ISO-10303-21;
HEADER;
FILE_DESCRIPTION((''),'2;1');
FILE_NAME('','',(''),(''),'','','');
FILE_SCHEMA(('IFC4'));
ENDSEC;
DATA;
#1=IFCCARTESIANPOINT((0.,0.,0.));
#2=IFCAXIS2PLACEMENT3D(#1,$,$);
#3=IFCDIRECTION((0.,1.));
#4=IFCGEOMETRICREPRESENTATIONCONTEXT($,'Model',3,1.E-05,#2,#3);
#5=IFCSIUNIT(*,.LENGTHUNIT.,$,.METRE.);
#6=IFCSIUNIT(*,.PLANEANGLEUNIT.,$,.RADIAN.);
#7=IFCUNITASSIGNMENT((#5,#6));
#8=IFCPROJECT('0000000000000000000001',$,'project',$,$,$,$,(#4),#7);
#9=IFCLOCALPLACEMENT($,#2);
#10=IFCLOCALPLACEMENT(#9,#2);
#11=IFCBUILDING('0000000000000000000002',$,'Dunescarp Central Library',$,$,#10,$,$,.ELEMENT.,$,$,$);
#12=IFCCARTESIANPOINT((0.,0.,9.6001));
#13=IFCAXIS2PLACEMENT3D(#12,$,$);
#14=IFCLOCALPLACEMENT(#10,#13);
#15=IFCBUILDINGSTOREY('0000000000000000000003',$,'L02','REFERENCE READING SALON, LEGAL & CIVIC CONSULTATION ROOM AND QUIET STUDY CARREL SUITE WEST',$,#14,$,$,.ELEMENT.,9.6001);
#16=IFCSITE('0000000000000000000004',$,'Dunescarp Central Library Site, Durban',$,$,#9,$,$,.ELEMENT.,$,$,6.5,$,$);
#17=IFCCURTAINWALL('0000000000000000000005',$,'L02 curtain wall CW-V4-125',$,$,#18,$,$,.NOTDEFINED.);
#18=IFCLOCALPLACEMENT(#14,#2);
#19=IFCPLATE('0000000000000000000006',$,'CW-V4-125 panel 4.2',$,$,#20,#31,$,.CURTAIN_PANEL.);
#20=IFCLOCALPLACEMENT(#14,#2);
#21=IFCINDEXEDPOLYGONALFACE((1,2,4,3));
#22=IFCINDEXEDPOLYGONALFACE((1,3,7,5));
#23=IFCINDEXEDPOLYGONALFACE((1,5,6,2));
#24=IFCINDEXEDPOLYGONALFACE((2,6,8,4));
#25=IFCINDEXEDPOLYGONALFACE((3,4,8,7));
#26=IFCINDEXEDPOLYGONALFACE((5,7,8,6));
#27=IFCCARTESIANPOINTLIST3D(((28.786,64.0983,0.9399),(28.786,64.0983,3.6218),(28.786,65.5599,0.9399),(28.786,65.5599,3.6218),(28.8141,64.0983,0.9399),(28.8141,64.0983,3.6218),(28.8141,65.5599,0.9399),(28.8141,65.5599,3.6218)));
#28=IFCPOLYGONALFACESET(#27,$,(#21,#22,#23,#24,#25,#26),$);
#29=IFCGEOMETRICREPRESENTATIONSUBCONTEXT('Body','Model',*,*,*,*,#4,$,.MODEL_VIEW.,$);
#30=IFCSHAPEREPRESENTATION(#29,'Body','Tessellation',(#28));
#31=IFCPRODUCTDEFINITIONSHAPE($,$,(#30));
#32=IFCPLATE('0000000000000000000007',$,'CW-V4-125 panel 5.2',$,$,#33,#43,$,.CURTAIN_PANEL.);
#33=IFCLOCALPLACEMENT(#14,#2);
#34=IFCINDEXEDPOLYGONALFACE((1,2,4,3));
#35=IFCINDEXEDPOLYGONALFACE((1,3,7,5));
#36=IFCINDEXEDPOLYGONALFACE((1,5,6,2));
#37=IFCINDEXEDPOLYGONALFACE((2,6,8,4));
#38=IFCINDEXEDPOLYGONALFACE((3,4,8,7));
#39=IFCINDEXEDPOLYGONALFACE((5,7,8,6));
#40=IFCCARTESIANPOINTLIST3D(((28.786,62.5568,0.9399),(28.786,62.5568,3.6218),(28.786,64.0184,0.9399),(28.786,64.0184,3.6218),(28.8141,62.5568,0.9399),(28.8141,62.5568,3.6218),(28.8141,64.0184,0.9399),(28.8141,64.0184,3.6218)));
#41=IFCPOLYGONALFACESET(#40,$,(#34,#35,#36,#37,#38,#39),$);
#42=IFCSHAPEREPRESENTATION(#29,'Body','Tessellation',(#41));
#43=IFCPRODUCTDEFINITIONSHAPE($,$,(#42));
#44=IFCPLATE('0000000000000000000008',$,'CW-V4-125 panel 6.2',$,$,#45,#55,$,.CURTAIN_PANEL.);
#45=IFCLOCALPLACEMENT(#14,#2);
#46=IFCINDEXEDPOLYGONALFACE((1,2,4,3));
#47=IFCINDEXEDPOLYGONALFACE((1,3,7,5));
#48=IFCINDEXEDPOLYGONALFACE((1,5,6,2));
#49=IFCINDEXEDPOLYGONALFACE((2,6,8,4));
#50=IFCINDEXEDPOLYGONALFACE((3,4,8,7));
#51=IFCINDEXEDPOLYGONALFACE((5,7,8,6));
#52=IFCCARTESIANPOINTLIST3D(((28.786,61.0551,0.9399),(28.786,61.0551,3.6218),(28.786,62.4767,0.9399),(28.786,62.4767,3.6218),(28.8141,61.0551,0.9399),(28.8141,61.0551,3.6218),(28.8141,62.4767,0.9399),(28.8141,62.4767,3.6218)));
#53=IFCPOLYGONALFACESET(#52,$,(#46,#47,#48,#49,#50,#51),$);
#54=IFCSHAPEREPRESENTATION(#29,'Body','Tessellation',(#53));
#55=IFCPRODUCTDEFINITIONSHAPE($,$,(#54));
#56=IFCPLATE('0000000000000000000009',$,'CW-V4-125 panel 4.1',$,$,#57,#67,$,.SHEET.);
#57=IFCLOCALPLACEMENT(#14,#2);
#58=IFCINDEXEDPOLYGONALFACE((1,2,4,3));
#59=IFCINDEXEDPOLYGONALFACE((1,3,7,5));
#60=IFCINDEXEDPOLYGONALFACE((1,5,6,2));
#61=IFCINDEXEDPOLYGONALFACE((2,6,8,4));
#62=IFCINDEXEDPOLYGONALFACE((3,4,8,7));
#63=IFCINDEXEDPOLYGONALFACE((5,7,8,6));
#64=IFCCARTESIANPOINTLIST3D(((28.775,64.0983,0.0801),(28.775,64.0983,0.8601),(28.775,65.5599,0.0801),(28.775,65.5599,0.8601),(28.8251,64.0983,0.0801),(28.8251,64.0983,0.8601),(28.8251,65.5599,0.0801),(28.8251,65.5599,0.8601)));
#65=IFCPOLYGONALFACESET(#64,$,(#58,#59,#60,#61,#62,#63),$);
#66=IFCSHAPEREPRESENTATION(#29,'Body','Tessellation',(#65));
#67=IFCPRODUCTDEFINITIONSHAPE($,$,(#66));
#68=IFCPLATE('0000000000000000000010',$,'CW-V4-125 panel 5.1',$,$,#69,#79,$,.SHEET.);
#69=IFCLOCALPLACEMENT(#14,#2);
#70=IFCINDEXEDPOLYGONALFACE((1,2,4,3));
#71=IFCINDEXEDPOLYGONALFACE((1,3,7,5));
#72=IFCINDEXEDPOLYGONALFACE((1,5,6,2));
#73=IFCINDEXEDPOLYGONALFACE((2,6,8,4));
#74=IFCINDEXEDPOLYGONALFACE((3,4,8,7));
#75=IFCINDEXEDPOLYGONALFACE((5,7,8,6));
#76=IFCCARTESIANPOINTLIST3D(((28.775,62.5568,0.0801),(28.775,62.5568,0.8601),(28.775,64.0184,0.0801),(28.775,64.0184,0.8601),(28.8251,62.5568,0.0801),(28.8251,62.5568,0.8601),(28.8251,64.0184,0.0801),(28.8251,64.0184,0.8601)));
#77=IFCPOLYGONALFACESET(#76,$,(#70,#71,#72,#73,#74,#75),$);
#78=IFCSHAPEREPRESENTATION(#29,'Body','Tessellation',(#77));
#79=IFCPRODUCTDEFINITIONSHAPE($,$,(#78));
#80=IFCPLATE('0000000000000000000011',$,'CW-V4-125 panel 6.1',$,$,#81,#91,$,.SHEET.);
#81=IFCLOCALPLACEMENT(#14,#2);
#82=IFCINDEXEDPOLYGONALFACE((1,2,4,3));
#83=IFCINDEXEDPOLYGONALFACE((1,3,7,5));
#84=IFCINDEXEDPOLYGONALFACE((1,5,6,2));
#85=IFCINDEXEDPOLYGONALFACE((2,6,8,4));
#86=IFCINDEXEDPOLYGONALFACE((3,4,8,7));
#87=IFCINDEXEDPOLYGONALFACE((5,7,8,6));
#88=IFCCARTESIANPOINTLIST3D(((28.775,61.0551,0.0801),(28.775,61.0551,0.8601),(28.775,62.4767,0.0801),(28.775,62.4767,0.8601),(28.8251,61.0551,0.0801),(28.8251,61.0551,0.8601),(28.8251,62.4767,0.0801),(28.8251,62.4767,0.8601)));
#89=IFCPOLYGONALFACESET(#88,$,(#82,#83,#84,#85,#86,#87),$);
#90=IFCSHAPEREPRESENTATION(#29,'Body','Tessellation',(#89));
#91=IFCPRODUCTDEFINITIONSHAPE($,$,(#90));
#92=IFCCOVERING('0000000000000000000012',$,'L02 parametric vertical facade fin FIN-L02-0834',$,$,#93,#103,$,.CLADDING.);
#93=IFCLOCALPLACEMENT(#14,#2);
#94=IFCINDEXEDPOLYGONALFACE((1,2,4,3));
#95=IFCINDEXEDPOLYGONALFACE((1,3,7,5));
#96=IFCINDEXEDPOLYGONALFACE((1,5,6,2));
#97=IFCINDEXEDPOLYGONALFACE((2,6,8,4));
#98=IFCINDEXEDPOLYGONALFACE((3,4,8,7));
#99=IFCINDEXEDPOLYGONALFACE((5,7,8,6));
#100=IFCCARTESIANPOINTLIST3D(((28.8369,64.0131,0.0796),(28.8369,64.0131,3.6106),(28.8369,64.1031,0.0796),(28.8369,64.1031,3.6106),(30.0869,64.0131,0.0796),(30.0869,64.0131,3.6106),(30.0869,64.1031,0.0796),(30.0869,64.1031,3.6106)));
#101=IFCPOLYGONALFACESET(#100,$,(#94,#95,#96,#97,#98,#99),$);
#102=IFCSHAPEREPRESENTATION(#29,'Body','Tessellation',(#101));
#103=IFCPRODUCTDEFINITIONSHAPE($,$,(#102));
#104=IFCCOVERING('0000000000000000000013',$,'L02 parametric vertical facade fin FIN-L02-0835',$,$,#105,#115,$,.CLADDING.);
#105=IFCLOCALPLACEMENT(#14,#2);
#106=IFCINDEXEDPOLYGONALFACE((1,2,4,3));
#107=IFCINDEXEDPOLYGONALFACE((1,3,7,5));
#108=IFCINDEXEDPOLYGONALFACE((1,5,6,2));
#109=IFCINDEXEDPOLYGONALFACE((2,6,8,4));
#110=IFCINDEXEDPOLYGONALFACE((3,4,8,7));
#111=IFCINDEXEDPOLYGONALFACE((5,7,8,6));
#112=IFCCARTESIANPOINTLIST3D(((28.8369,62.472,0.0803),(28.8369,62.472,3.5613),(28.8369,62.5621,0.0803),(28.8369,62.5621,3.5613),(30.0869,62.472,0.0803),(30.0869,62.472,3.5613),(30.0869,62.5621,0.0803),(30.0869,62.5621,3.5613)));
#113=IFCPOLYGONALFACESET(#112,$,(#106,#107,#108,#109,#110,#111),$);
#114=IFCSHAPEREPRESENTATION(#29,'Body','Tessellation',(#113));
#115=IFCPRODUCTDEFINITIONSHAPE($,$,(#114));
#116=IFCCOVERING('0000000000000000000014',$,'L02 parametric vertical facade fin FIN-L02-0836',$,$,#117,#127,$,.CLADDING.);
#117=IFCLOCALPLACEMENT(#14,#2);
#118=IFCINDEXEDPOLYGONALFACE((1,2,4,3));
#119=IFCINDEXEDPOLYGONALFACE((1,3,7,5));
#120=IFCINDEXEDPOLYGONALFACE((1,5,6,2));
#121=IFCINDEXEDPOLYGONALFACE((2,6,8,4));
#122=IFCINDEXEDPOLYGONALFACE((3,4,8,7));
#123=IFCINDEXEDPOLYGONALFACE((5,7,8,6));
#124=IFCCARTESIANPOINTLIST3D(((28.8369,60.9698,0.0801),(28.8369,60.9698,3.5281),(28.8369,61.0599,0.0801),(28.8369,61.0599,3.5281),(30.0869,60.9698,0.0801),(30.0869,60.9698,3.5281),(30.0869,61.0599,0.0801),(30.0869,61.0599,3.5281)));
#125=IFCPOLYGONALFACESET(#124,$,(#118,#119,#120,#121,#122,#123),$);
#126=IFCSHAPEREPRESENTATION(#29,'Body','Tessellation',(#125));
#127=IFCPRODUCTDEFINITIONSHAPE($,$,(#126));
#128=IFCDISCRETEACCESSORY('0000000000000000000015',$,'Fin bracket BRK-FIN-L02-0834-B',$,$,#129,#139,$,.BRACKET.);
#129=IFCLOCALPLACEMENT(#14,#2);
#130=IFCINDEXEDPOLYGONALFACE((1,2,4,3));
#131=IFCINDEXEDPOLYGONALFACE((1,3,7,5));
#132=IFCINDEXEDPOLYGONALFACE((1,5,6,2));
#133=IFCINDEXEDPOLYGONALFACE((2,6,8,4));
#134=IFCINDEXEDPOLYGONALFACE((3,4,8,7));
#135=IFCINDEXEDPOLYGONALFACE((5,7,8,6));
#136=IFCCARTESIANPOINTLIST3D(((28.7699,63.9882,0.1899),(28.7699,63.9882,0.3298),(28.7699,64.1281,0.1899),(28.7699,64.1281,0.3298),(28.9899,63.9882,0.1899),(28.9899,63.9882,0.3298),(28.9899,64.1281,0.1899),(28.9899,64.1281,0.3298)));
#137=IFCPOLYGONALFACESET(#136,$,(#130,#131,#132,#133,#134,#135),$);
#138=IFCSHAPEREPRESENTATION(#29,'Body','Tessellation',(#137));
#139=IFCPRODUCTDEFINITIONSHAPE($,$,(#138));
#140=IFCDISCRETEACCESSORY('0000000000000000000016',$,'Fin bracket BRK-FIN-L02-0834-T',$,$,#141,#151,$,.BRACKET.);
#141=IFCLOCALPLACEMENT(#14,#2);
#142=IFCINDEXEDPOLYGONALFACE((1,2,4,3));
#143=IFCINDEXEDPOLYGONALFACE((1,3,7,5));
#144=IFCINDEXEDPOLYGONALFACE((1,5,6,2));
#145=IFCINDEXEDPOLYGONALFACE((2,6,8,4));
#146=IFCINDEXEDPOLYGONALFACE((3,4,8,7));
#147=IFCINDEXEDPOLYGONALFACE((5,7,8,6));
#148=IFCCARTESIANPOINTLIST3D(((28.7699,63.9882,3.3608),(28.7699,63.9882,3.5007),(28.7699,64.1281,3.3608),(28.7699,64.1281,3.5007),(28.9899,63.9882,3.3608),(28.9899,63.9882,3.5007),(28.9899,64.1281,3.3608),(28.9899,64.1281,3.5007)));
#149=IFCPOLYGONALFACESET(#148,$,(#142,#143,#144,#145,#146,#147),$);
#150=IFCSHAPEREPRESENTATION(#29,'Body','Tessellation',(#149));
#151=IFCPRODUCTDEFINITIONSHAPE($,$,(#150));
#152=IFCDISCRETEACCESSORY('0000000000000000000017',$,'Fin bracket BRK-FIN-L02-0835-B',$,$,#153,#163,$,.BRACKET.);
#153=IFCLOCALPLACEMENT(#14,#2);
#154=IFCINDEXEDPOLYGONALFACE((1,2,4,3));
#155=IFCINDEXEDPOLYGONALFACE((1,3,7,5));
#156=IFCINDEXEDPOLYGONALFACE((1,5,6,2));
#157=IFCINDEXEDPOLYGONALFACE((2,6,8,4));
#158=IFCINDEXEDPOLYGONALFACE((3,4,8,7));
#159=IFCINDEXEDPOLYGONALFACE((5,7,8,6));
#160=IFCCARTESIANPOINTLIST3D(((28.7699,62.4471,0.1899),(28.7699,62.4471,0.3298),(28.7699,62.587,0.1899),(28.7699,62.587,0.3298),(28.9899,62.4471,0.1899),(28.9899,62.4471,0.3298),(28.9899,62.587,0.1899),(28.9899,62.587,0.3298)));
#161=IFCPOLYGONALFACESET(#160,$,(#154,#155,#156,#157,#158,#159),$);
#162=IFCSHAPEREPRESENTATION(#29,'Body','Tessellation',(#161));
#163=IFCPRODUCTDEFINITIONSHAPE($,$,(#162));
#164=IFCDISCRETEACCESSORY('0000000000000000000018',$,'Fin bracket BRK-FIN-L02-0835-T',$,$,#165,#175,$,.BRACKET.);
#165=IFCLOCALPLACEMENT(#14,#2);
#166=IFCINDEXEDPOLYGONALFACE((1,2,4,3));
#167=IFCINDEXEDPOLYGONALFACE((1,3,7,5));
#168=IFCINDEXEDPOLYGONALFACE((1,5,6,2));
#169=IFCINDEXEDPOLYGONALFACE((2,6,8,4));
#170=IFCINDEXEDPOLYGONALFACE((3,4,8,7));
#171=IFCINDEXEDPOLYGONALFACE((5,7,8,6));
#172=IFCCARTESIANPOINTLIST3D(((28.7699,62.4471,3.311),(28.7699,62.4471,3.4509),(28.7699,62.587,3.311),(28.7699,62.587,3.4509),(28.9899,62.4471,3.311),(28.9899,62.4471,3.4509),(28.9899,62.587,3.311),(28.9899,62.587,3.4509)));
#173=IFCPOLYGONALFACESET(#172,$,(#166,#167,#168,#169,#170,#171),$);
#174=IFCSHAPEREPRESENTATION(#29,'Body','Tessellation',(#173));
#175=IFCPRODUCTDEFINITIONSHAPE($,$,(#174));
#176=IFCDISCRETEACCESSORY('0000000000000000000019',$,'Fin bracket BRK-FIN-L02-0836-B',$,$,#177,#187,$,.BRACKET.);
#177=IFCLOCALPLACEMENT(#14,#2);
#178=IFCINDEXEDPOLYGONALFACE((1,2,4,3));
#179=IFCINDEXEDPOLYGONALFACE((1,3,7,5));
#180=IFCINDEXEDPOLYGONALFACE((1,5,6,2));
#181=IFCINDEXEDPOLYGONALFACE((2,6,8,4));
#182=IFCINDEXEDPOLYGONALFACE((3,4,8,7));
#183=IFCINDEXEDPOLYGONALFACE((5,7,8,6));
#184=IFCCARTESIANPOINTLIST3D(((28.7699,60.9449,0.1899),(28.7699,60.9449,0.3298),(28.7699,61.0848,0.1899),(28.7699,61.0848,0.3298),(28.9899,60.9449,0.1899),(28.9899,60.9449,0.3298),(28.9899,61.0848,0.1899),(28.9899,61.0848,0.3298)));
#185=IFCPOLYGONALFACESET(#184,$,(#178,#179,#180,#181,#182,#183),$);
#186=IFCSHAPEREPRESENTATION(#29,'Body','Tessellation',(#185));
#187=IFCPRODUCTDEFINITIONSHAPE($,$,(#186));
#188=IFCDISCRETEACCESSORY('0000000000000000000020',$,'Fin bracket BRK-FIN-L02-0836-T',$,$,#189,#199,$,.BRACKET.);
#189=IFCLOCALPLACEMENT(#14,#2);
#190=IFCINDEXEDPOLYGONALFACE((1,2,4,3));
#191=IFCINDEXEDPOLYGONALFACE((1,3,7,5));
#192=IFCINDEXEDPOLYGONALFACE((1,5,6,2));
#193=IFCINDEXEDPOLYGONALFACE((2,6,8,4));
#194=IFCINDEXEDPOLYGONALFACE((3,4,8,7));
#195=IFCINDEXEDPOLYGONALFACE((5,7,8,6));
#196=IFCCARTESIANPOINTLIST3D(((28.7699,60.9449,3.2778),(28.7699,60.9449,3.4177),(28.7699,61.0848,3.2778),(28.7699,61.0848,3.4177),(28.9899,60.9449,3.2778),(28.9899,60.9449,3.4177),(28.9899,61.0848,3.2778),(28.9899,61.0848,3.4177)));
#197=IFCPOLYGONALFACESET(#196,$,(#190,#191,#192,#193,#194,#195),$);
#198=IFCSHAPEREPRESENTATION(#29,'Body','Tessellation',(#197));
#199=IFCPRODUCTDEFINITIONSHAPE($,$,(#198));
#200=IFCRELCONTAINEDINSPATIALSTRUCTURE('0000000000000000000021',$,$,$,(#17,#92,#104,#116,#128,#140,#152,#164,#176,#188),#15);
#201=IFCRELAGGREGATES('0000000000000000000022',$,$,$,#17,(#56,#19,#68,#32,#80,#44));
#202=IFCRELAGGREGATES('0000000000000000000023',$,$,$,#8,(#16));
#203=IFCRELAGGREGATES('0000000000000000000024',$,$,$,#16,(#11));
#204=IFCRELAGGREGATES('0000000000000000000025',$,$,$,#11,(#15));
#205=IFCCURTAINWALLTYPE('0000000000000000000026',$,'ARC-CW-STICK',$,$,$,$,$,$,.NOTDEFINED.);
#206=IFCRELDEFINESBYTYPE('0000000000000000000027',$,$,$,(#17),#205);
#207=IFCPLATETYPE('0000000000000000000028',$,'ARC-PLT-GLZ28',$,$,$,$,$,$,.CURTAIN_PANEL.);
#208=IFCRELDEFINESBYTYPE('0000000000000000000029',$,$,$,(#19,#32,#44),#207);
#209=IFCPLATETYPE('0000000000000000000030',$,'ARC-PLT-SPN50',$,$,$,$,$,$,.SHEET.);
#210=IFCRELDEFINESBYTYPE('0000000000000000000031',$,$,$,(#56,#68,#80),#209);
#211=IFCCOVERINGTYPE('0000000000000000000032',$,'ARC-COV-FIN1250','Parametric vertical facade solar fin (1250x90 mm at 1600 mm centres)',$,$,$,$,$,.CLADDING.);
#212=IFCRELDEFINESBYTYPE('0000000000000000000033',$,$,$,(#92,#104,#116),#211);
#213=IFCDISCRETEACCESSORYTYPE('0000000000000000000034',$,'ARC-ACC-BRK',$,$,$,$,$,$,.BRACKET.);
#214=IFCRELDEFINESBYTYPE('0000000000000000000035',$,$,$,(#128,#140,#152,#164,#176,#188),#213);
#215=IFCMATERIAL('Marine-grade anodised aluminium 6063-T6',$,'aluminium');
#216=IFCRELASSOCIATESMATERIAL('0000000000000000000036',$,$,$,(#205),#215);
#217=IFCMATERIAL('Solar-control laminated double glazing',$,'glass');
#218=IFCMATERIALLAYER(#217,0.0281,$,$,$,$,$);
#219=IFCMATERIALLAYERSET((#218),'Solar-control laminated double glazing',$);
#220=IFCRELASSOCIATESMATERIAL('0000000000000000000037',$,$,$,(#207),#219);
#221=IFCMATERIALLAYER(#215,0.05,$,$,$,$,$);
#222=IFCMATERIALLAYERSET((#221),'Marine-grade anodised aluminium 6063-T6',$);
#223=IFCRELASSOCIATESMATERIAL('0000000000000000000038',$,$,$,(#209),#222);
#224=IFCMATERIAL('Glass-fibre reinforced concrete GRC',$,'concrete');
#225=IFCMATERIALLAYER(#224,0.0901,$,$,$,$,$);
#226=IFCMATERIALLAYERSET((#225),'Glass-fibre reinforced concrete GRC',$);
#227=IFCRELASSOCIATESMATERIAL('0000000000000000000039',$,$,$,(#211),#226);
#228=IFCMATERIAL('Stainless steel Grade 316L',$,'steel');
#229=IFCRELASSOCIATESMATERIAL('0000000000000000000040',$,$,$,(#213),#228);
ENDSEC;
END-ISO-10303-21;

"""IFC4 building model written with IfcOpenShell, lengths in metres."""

from ifc_helpers import new_model, si_unit, direction, frame, origin, origin_2d, place, context, subcontext, project, spatial, rectangle, extrude, material, layer, layer_set, type_object, element, aggregate, save


model = new_model("IFC4")

# Units and contexts
model_context = context("Model", 3, precision=1e-05, world=origin(), true_north=direction((0.0, 1.0)))
body_context = subcontext(model_context, "Body", "Model", "MODEL_VIEW")
ifc_project = project(units=[si_unit("LENGTHUNIT", "METRE"), si_unit("PLANEANGLEUNIT", "RADIAN")], contexts=[model_context])

# Site, building, storey
site_placement = place(None, origin())
site = spatial("IfcSite", under=ifc_project, at=site_placement, Name="Dunescarp Central Library Site, Durban", CompositionType="ELEMENT", RefElevation=6.5)
building_placement = place(site_placement, origin())
building = spatial("IfcBuilding", under=site, at=building_placement, Name="Dunescarp Central Library", CompositionType="ELEMENT")
storey_placement = place(building_placement, frame((0.0, 0.0, 9.6001)))
storey = spatial("IfcBuildingStorey", under=building, at=storey_placement, Name="L02", Description="REFERENCE READING SALON, LEGAL & CIVIC CONSULTATION ROOM AND QUIET STUDY CARREL SUITE WEST", CompositionType="ELEMENT", Elevation=9.6001)

# Curtain wall
ifc_material_1 = material(Name="Marine-grade anodised aluminium 6063-T6", Category="aluminium")
curtain_wall_type = type_object("IfcCurtainWallType", Name="ARC-CW-STICK", PredefinedType="NOTDEFINED", material=ifc_material_1)
curtain_wall_placement = place(storey_placement, origin())
curtain_wall = element("IfcCurtainWall", 1, at=curtain_wall_placement, inside=storey, type_object=curtain_wall_type, Name="L02 curtain wall CW-V4-125", PredefinedType="NOTDEFINED")

# Plates
ifc_material_2 = material(Name="Solar-control laminated double glazing", Category="glass")
ifc_layer_1 = layer(ifc_material_2, 0.0281)
ifc_layer_set_1 = layer_set([ifc_layer_1], Name="Solar-control laminated double glazing")
plate_type_1 = type_object("IfcPlateType", Name="ARC-PLT-GLZ28", PredefinedType="CURTAIN_PANEL", material=ifc_layer_set_1)
plate_1_placement = place(storey_placement, frame((28.8, 64.8291, 0.9399), z_axis=(0.0, 0.0, 1.0), x_axis=(0.0, -1.0, 0.0)))
plate_1 = element("IfcPlate", 2, at=plate_1_placement, type_object=plate_type_1, Name="CW-V4-125 panel 4.2", PredefinedType="CURTAIN_PANEL", context=body_context, shape_type="SweptSolid", body=[
    extrude(rectangle(XDim=1.4617, YDim=0.0281, at=origin_2d()), origin(), (0.0, 0.0, 1.0), 2.6819),
])
plate_2_placement = place(storey_placement, frame((28.8, 63.2876, 0.9399), z_axis=(0.0, 0.0, 1.0), x_axis=(0.0, -1.0, 0.0)))
plate_2 = element("IfcPlate", 3, at=plate_2_placement, type_object=plate_type_1, Name="CW-V4-125 panel 5.2", PredefinedType="CURTAIN_PANEL", context=body_context, shape_type="SweptSolid", body=[
    extrude(rectangle(XDim=1.4617, YDim=0.0281, at=origin_2d()), origin(), (0.0, 0.0, 1.0), 2.6819),
])
plate_3_placement = place(storey_placement, frame((28.8, 61.7659, 0.9399), z_axis=(0.0, 0.0, 1.0), x_axis=(0.0, -1.0, 0.0)))
plate_3 = element("IfcPlate", 4, at=plate_3_placement, type_object=plate_type_1, Name="CW-V4-125 panel 6.2", PredefinedType="CURTAIN_PANEL", context=body_context, shape_type="SweptSolid", body=[
    extrude(rectangle(XDim=1.4216, YDim=0.0281, at=origin_2d()), origin(), (0.0, 0.0, 1.0), 2.6819),
])
ifc_layer_2 = layer(ifc_material_1, 0.05)
ifc_layer_set_2 = layer_set([ifc_layer_2], Name="Marine-grade anodised aluminium 6063-T6")
plate_type_2 = type_object("IfcPlateType", Name="ARC-PLT-SPN50", PredefinedType="SHEET", material=ifc_layer_set_2)
plate_4_placement = place(storey_placement, frame((28.8, 64.8291, 0.0801), z_axis=(0.0, 0.0, 1.0), x_axis=(0.0, -1.0, 0.0)))
plate_4 = element("IfcPlate", 5, at=plate_4_placement, type_object=plate_type_2, Name="CW-V4-125 panel 4.1", PredefinedType="SHEET", context=body_context, shape_type="SweptSolid", body=[
    extrude(rectangle(XDim=1.4617, YDim=0.05, at=origin_2d()), origin(), (0.0, 0.0, 1.0), 0.78),
])
plate_5_placement = place(storey_placement, frame((28.8, 63.2876, 0.0801), z_axis=(0.0, 0.0, 1.0), x_axis=(0.0, -1.0, 0.0)))
plate_5 = element("IfcPlate", 6, at=plate_5_placement, type_object=plate_type_2, Name="CW-V4-125 panel 5.1", PredefinedType="SHEET", context=body_context, shape_type="SweptSolid", body=[
    extrude(rectangle(XDim=1.4617, YDim=0.05, at=origin_2d()), origin(), (0.0, 0.0, 1.0), 0.78),
])
plate_6_placement = place(storey_placement, frame((28.8, 61.7659, 0.0801), z_axis=(0.0, 0.0, 1.0), x_axis=(0.0, -1.0, 0.0)))
plate_6 = element("IfcPlate", 7, at=plate_6_placement, type_object=plate_type_2, Name="CW-V4-125 panel 6.1", PredefinedType="SHEET", context=body_context, shape_type="SweptSolid", body=[
    extrude(rectangle(XDim=1.4216, YDim=0.05, at=origin_2d()), origin(), (0.0, 0.0, 1.0), 0.78),
])
aggregate(curtain_wall, [plate_4, plate_1, plate_5, plate_2, plate_6, plate_3])

# Coverings
ifc_material_3 = material(Name="Glass-fibre reinforced concrete GRC", Category="concrete")
ifc_layer_3 = layer(ifc_material_3, 0.0901)
ifc_layer_set_3 = layer_set([ifc_layer_3], Name="Glass-fibre reinforced concrete GRC")
covering_type = type_object("IfcCoveringType", Name="ARC-COV-FIN1250", Description="Parametric vertical facade solar fin (1250x90 mm at 1600 mm centres)", PredefinedType="CLADDING", material=ifc_layer_set_3)
covering_1_placement = place(storey_placement, frame((29.4619, 64.0581, 0.0796), z_axis=(0.0, 0.0, 1.0), x_axis=(1.0, 0.0, 0.0)))
element("IfcCovering", 8, at=covering_1_placement, inside=storey, type_object=covering_type, Name="L02 parametric vertical facade fin FIN-L02-0834", PredefinedType="CLADDING", context=body_context, shape_type="SweptSolid", body=[
    extrude(rectangle(XDim=1.25, YDim=0.0901, at=origin_2d()), origin(), (0.0, 0.0, 1.0), 3.531),
])
covering_2_placement = place(storey_placement, frame((29.4619, 62.5171, 0.0803), z_axis=(0.0, 0.0, 1.0), x_axis=(1.0, 0.0, 0.0)))
element("IfcCovering", 9, at=covering_2_placement, inside=storey, type_object=covering_type, Name="L02 parametric vertical facade fin FIN-L02-0835", PredefinedType="CLADDING", context=body_context, shape_type="SweptSolid", body=[
    extrude(rectangle(XDim=1.25, YDim=0.0901, at=origin_2d()), origin(), (0.0, 0.0, 1.0), 3.481),
])
covering_3_placement = place(storey_placement, frame((29.4619, 61.0149, 0.0801), z_axis=(0.0, 0.0, 1.0), x_axis=(1.0, 0.0, 0.0)))
element("IfcCovering", 10, at=covering_3_placement, inside=storey, type_object=covering_type, Name="L02 parametric vertical facade fin FIN-L02-0836", PredefinedType="CLADDING", context=body_context, shape_type="SweptSolid", body=[
    extrude(rectangle(XDim=1.25, YDim=0.0901, at=origin_2d()), origin(), (0.0, 0.0, 1.0), 3.448),
])

# Discrete accessories
ifc_material_4 = material(Name="Stainless steel Grade 316L", Category="steel")
discrete_accessory_type = type_object("IfcDiscreteAccessoryType", Name="ARC-ACC-BRK", PredefinedType="BRACKET", material=ifc_material_4)
for number, where, z_axis, x_axis, name in (
    (11, (28.8799, 64.0581, 0.1899), (0.0, 0.0, 1.0), (1.0, 0.0, 0.0), "Fin bracket BRK-FIN-L02-0834-B"),
    (12, (28.8799, 64.0581, 3.3608), (0.0, 0.0, 1.0), (1.0, 0.0, 0.0), "Fin bracket BRK-FIN-L02-0834-T"),
    (13, (28.8799, 62.5171, 0.1899), (0.0, 0.0, 1.0), (1.0, 0.0, 0.0), "Fin bracket BRK-FIN-L02-0835-B"),
    (14, (28.8799, 62.5171, 3.311), (0.0, 0.0, 1.0), (1.0, 0.0, 0.0), "Fin bracket BRK-FIN-L02-0835-T"),
    (15, (28.8799, 61.0149, 0.1899), (0.0, 0.0, 1.0), (1.0, 0.0, 0.0), "Fin bracket BRK-FIN-L02-0836-B"),
    (16, (28.8799, 61.0149, 3.2778), (0.0, 0.0, 1.0), (1.0, 0.0, 0.0), "Fin bracket BRK-FIN-L02-0836-T"),
):
    element("IfcDiscreteAccessory", number, at=place(storey_placement, frame(where, z_axis=z_axis, x_axis=x_axis)), inside=storey, type_object=discrete_accessory_type, Name=name, PredefinedType="BRACKET", context=body_context, shape_type="SweptSolid", body=[
        extrude(rectangle(XDim=0.22, YDim=0.1399, at=origin_2d()), origin(), (0.0, 0.0, 1.0), 0.1399),
    ])

save(model, "model.ifc")
